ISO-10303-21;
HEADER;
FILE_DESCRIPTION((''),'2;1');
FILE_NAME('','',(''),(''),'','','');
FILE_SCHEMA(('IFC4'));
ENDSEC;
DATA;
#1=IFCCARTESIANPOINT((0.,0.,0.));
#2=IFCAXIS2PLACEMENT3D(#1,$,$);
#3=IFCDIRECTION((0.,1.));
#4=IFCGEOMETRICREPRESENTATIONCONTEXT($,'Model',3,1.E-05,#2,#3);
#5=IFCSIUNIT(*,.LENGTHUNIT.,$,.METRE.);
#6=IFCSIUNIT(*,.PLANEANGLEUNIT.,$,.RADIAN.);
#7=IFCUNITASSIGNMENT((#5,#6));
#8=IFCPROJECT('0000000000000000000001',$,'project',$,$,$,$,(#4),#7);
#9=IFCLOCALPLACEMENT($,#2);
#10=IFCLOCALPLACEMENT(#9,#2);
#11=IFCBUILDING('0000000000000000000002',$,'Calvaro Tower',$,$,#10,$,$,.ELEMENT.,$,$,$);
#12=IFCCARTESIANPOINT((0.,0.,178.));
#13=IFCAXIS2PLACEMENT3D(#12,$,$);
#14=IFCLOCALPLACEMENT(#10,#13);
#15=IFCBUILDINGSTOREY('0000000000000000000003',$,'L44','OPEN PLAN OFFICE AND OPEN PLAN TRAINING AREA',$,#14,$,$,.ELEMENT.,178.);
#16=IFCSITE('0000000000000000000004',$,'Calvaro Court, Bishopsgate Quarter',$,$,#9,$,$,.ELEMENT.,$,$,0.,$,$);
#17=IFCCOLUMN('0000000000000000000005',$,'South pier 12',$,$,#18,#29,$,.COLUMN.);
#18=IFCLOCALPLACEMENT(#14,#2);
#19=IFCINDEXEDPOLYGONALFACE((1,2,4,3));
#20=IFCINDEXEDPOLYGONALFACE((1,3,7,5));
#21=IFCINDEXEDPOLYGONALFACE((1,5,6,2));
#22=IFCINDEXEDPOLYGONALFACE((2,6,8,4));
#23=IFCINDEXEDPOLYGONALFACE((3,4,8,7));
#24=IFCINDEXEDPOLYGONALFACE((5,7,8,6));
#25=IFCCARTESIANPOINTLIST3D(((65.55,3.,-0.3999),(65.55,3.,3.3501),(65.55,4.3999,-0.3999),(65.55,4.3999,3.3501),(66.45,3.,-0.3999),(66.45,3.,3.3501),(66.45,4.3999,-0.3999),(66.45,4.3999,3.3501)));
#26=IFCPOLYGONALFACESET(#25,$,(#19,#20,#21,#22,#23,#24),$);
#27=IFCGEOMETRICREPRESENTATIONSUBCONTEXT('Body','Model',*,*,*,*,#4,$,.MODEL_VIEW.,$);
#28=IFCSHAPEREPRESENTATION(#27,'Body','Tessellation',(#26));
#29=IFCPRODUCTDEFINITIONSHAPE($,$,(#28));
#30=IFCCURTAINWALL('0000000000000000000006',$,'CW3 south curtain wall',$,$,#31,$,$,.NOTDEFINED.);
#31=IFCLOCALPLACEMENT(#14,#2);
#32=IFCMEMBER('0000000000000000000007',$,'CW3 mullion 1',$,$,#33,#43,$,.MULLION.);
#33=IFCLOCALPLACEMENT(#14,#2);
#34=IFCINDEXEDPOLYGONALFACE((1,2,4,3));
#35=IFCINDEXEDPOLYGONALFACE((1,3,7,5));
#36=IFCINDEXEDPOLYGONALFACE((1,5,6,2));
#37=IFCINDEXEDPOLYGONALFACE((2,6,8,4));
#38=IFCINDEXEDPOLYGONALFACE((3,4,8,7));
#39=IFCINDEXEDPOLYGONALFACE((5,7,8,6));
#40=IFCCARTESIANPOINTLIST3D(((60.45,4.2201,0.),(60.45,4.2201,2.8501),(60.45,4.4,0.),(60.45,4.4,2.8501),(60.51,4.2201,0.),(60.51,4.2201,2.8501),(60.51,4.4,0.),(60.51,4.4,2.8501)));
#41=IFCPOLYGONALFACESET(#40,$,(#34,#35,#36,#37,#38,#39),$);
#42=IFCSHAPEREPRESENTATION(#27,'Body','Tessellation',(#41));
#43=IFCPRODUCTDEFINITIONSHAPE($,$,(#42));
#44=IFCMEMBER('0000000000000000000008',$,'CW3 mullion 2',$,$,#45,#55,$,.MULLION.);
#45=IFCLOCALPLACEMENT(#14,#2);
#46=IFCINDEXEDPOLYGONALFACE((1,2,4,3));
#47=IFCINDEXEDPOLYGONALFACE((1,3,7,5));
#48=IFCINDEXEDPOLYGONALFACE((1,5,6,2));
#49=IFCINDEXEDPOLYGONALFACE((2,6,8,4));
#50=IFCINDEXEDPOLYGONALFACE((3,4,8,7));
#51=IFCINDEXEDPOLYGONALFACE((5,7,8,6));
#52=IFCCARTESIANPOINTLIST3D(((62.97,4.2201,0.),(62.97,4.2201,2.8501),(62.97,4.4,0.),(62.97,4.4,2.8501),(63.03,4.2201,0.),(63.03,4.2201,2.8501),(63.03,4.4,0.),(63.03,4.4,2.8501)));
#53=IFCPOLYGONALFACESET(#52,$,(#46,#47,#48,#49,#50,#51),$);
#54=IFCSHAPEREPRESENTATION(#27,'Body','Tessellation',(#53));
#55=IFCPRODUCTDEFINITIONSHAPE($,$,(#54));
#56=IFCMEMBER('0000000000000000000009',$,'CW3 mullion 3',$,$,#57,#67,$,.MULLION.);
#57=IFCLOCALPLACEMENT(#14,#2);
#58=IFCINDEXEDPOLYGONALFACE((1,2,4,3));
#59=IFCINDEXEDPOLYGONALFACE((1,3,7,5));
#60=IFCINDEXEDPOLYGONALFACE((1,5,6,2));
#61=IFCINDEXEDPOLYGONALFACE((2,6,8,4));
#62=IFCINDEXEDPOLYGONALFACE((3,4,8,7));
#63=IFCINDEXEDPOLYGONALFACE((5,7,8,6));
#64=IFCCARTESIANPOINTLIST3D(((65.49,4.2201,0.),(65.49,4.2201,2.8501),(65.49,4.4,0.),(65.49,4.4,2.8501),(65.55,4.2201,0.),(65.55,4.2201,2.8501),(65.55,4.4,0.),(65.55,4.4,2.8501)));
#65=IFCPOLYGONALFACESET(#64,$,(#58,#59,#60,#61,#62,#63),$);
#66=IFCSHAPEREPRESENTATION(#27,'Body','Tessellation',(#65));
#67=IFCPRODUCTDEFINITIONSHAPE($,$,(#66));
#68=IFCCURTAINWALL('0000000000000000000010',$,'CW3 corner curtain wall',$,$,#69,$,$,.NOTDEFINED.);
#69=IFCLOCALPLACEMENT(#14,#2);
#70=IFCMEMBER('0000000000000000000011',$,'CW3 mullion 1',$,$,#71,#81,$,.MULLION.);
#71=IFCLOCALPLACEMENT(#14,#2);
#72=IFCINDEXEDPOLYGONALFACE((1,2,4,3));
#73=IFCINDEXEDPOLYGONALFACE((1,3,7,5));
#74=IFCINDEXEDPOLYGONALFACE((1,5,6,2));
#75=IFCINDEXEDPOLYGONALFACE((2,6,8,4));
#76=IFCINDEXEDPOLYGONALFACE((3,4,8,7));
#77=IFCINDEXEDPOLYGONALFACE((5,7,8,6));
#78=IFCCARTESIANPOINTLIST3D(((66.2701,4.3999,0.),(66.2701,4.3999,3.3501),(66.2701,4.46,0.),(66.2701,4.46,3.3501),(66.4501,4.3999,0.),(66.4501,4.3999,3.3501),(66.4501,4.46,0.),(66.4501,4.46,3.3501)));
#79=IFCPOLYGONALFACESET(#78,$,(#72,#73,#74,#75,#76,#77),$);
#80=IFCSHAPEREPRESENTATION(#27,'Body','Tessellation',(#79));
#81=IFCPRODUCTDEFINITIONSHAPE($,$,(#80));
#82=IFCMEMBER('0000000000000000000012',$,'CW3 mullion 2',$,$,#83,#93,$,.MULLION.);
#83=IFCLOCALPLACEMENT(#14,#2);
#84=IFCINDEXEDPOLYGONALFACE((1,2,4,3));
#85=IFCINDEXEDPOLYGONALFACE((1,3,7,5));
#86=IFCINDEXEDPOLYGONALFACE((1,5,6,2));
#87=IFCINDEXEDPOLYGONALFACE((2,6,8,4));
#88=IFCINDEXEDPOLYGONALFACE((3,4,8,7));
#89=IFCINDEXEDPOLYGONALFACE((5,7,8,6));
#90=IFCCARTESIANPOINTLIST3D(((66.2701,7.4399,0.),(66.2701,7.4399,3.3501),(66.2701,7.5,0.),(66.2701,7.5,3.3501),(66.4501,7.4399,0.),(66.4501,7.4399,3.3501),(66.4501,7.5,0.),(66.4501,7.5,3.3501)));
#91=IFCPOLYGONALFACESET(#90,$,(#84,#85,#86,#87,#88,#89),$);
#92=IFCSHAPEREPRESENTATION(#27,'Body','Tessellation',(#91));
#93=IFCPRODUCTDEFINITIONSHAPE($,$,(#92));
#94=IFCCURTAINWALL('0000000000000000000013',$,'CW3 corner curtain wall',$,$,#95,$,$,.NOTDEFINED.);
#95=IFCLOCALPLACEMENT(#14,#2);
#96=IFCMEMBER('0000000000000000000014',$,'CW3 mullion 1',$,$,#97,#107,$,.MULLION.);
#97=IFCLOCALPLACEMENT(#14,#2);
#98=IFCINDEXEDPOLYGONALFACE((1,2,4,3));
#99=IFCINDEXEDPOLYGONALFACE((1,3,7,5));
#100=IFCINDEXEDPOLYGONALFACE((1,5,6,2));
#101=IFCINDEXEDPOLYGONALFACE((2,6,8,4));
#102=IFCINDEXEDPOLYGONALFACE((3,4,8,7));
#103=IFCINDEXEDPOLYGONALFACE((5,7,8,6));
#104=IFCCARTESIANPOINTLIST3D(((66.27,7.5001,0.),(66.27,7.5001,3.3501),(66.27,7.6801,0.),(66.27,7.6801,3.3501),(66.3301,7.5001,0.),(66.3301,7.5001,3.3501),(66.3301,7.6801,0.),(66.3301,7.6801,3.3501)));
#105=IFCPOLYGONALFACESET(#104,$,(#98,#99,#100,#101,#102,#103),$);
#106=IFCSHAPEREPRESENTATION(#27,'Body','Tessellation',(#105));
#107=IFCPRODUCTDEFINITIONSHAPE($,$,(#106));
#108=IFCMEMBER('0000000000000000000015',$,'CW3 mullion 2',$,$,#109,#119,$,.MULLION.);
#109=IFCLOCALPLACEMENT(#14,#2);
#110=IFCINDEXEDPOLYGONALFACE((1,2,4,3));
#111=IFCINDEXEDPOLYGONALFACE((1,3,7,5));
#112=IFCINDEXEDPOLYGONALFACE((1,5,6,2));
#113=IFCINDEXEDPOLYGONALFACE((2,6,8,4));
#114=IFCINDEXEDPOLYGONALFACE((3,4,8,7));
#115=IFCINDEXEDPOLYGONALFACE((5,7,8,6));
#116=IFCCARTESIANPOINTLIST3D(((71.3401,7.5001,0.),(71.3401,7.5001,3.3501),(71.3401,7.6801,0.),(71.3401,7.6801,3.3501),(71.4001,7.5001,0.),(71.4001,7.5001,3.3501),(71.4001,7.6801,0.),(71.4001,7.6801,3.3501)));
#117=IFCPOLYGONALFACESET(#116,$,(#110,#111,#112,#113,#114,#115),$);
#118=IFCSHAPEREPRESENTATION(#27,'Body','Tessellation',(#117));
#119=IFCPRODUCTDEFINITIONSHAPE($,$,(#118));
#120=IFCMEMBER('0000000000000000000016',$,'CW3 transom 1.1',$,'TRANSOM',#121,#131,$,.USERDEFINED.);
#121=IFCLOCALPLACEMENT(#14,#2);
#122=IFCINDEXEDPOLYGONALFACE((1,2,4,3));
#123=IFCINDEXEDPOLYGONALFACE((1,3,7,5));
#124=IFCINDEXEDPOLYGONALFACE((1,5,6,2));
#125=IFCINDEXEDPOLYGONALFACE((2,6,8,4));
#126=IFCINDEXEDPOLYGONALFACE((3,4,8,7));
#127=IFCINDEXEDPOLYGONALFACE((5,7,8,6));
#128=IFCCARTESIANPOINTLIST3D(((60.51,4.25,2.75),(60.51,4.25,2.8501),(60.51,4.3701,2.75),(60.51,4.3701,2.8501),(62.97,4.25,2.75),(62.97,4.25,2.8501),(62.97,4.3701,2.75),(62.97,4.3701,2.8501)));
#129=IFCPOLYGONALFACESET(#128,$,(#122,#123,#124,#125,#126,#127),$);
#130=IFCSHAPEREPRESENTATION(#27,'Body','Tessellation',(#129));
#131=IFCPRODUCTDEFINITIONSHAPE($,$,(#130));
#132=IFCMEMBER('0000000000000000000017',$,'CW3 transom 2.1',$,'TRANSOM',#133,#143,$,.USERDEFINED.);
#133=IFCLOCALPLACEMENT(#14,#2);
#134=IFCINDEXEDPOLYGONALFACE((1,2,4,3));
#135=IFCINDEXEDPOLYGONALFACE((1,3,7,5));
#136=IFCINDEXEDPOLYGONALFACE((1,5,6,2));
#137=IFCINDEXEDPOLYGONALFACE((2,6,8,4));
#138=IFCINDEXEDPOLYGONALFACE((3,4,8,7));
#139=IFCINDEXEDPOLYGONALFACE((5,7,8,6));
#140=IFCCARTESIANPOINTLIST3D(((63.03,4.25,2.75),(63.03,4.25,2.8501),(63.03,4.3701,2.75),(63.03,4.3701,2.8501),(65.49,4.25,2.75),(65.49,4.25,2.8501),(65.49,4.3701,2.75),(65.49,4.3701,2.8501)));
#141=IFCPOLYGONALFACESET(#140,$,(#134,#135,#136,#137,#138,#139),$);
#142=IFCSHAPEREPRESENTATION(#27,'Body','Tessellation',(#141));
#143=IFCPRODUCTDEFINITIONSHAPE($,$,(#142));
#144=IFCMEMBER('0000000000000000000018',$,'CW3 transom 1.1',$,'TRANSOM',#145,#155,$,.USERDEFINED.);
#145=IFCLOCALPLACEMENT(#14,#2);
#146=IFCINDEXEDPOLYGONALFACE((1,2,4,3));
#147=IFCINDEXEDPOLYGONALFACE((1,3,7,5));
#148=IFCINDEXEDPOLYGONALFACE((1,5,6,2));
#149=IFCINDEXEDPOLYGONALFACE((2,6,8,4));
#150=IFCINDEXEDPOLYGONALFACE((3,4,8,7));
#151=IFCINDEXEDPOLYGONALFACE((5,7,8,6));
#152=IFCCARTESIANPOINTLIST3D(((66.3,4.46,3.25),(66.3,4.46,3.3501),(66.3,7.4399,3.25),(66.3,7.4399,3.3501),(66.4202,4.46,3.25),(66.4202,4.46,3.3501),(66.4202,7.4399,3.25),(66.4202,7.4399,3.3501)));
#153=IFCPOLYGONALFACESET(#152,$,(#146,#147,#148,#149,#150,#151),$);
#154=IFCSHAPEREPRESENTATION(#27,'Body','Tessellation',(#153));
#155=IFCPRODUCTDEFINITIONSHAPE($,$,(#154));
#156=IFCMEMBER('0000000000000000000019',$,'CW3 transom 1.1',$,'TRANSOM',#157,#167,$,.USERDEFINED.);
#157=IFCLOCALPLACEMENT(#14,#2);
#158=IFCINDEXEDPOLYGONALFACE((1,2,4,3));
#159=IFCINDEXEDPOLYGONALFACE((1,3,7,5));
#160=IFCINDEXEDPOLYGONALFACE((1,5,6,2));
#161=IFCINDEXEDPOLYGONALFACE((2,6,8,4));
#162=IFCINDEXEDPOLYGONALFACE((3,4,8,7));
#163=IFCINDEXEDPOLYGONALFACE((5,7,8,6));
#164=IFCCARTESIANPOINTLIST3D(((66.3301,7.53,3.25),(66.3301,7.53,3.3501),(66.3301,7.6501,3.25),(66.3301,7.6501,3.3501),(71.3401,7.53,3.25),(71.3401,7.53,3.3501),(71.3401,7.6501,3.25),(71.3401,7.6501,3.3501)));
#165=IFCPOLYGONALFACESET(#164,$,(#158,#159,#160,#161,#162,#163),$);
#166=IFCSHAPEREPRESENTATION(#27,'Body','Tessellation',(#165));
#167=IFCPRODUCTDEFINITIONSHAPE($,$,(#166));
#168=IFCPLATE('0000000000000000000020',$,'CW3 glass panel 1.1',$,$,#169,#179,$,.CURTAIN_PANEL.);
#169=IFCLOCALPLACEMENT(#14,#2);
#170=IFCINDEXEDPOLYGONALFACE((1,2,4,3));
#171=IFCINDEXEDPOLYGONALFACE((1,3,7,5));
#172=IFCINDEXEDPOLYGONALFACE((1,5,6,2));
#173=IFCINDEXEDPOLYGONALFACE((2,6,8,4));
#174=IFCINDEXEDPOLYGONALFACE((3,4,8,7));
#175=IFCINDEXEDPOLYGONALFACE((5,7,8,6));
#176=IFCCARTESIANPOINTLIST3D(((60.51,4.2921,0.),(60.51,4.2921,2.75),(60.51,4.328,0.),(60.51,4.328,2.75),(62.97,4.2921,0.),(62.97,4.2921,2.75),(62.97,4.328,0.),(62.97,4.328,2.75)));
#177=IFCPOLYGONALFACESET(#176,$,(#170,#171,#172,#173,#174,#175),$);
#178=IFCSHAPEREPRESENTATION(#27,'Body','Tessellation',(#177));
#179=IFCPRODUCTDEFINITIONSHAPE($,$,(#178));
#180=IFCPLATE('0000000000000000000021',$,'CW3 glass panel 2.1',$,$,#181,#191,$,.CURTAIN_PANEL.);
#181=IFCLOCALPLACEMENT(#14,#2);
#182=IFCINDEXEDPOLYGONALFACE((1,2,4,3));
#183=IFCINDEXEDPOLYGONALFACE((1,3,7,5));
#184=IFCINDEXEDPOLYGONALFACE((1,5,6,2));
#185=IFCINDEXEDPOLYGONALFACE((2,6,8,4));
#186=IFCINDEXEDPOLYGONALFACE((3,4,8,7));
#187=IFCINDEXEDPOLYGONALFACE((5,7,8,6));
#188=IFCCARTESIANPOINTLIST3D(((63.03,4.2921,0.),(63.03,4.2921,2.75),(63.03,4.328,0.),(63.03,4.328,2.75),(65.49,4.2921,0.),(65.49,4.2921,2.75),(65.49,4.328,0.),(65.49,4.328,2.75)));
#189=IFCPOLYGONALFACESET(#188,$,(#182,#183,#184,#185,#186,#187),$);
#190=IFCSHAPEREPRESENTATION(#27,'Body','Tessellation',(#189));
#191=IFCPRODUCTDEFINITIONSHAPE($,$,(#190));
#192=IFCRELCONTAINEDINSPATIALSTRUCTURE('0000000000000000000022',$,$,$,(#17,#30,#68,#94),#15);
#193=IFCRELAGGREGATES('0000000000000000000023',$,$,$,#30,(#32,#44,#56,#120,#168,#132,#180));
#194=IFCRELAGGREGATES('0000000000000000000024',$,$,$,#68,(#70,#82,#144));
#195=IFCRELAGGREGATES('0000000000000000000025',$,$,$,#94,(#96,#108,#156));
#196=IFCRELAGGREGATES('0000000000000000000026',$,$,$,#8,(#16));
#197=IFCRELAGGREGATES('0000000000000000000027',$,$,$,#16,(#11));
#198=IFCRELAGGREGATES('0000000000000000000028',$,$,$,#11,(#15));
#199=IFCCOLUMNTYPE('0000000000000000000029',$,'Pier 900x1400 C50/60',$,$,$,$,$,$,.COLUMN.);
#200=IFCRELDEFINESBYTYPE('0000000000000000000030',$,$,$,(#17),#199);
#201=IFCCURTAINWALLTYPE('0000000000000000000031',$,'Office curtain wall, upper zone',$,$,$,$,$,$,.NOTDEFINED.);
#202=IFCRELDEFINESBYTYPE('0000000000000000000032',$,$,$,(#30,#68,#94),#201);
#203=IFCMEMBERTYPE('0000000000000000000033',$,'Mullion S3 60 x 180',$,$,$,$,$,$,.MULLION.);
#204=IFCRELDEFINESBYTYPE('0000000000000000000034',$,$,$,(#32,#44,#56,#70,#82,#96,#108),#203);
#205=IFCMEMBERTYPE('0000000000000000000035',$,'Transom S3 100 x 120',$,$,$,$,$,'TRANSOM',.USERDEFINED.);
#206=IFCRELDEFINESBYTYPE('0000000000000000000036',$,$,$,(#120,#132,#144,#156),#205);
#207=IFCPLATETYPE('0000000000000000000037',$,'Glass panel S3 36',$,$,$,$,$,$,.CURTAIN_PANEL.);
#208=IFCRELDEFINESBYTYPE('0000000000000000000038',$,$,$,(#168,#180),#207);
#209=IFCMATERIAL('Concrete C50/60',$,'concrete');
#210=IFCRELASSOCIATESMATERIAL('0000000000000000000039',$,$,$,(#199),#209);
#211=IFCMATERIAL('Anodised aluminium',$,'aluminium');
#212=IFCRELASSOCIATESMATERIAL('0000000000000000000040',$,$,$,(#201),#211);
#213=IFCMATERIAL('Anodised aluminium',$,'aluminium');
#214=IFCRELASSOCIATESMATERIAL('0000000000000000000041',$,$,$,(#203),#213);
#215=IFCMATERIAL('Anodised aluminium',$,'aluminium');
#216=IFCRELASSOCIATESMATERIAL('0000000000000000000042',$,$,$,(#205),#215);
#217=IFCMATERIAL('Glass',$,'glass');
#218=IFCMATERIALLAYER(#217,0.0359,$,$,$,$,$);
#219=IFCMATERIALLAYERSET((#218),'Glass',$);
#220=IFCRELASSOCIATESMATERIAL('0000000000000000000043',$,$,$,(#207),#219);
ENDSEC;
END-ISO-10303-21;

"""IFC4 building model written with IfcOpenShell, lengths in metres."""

from ifc_helpers import new_model, si_unit, direction, frame, origin, origin_2d, place, context, subcontext, project, spatial, rectangle, extrude, material, layer, layer_set, material_profile, profile_set, type_object, element, aggregate, save


model = new_model("IFC4")

# Units and contexts
model_context = context("Model", 3, precision=1e-05, world=origin(), true_north=direction((0.0, 1.0)))
body_context = subcontext(model_context, "Body", "Model", "MODEL_VIEW")
ifc_project = project(units=[si_unit("LENGTHUNIT", "METRE"), si_unit("PLANEANGLEUNIT", "RADIAN")], contexts=[model_context])

# Site, building, storey
site_placement = place(None, origin())
site = spatial("IfcSite", under=ifc_project, at=site_placement, Name="Calvaro Court, Bishopsgate Quarter", CompositionType="ELEMENT", RefElevation=0.0)
building_placement = place(site_placement, origin())
building = spatial("IfcBuilding", under=site, at=building_placement, Name="Calvaro Tower", CompositionType="ELEMENT")
storey_placement = place(building_placement, frame((0.0, 0.0, 178.0)))
storey = spatial("IfcBuildingStorey", under=building, at=storey_placement, Name="L44", Description="OPEN PLAN OFFICE AND OPEN PLAN TRAINING AREA", CompositionType="ELEMENT", Elevation=178.0)

# Column
ifc_material_1 = material(Name="Concrete C50/60", Category="concrete")
ifc_material_profile_1 = material_profile(ifc_material_1, rectangle(XDim=0.8999, YDim=1.3999, at=origin_2d()), Name="RC 900x1400")
ifc_profile_set_1 = profile_set([ifc_material_profile_1], Name="Concrete C50/60")
column_type = type_object("IfcColumnType", Name="Pier 900x1400 C50/60", PredefinedType="COLUMN", material=ifc_profile_set_1)
column_placement = place(storey_placement, frame((66.0, 3.7, -0.3999), z_axis=(0.0, 0.0, 1.0), x_axis=(1.0, 0.0, 0.0)))
element("IfcColumn", 1, at=column_placement, inside=storey, type_object=column_type, Name="South pier 12", PredefinedType="COLUMN", context=body_context, shape_type="SweptSolid", body=[
    extrude(rectangle(XDim=0.8999, YDim=1.3999, at=origin_2d()), origin(), (0.0, 0.0, 1.0), 3.75),
])

# Curtain walls, members
ifc_material_2 = material(Name="Anodised aluminium", Category="aluminium")
curtain_wall_type = type_object("IfcCurtainWallType", Name="Office curtain wall, upper zone", PredefinedType="NOTDEFINED", material=ifc_material_2)
curtain_wall_1_placement = place(storey_placement, origin())
curtain_wall_1 = element("IfcCurtainWall", 2, at=curtain_wall_1_placement, inside=storey, type_object=curtain_wall_type, Name="CW3 south curtain wall", PredefinedType="NOTDEFINED")
ifc_material_3 = material(Name="Anodised aluminium", Category="aluminium")
ifc_material_profile_2 = material_profile(ifc_material_3, rectangle(XDim=0.1799, YDim=0.0601, at=origin_2d()), Name="Mullion S3 60 x 180")
ifc_profile_set_2 = profile_set([ifc_material_profile_2], Name="Anodised aluminium")
member_type_1 = type_object("IfcMemberType", Name="Mullion S3 60 x 180", PredefinedType="MULLION", material=ifc_profile_set_2)
member_1_placement = place(storey_placement, frame((60.48, 4.3101, 0.0), z_axis=(0.0, 0.0, 1.0), x_axis=(0.0, 1.0, 0.0)))
member_1 = element("IfcMember", 3, at=member_1_placement, type_object=member_type_1, Name="CW3 mullion 1", PredefinedType="MULLION", context=body_context, shape_type="SweptSolid", body=[
    extrude(rectangle(XDim=0.1799, YDim=0.0601, at=origin_2d()), origin(), (0.0, 0.0, 1.0), 2.8501),
])
member_2_placement = place(storey_placement, frame((63.0, 4.3101, 0.0), z_axis=(0.0, 0.0, 1.0), x_axis=(0.0, 1.0, 0.0)))
member_2 = element("IfcMember", 4, at=member_2_placement, type_object=member_type_1, Name="CW3 mullion 2", PredefinedType="MULLION", context=body_context, shape_type="SweptSolid", body=[
    extrude(rectangle(XDim=0.1799, YDim=0.0601, at=origin_2d()), origin(), (0.0, 0.0, 1.0), 2.8501),
])
member_3_placement = place(storey_placement, frame((65.52, 4.3101, 0.0), z_axis=(0.0, 0.0, 1.0), x_axis=(0.0, 1.0, 0.0)))
member_3 = element("IfcMember", 5, at=member_3_placement, type_object=member_type_1, Name="CW3 mullion 3", PredefinedType="MULLION", context=body_context, shape_type="SweptSolid", body=[
    extrude(rectangle(XDim=0.1799, YDim=0.0601, at=origin_2d()), origin(), (0.0, 0.0, 1.0), 2.8501),
])
curtain_wall_2_placement = place(storey_placement, origin())
curtain_wall_2 = element("IfcCurtainWall", 6, at=curtain_wall_2_placement, inside=storey, type_object=curtain_wall_type, Name="CW3 corner curtain wall", PredefinedType="NOTDEFINED")
member_4_placement = place(storey_placement, frame((66.3601, 4.4299, 0.0), z_axis=(0.0, 0.0, 1.0), x_axis=(-1.0, 0.0, 0.0)))
member_4 = element("IfcMember", 7, at=member_4_placement, type_object=member_type_1, Name="CW3 mullion 1", PredefinedType="MULLION", context=body_context, shape_type="SweptSolid", body=[
    extrude(rectangle(XDim=0.1799, YDim=0.0601, at=origin_2d()), origin(), (0.0, 0.0, 1.0), 3.3501),
])
member_5_placement = place(storey_placement, frame((66.3601, 7.47, 0.0), z_axis=(0.0, 0.0, 1.0), x_axis=(-1.0, 0.0, 0.0)))
member_5 = element("IfcMember", 8, at=member_5_placement, type_object=member_type_1, Name="CW3 mullion 2", PredefinedType="MULLION", context=body_context, shape_type="SweptSolid", body=[
    extrude(rectangle(XDim=0.1799, YDim=0.0601, at=origin_2d()), origin(), (0.0, 0.0, 1.0), 3.3501),
])
curtain_wall_3_placement = place(storey_placement, origin())
curtain_wall_3 = element("IfcCurtainWall", 9, at=curtain_wall_3_placement, inside=storey, type_object=curtain_wall_type, Name="CW3 corner curtain wall", PredefinedType="NOTDEFINED")
member_6_placement = place(storey_placement, frame((66.3, 7.5901, 0.0), z_axis=(0.0, 0.0, 1.0), x_axis=(0.0, 1.0, 0.0)))
member_6 = element("IfcMember", 10, at=member_6_placement, type_object=member_type_1, Name="CW3 mullion 1", PredefinedType="MULLION", context=body_context, shape_type="SweptSolid", body=[
    extrude(rectangle(XDim=0.1799, YDim=0.0601, at=origin_2d()), origin(), (0.0, 0.0, 1.0), 3.3501),
])
member_7_placement = place(storey_placement, frame((71.3701, 7.5901, 0.0), z_axis=(0.0, 0.0, 1.0), x_axis=(0.0, 1.0, 0.0)))
member_7 = element("IfcMember", 11, at=member_7_placement, type_object=member_type_1, Name="CW3 mullion 2", PredefinedType="MULLION", context=body_context, shape_type="SweptSolid", body=[
    extrude(rectangle(XDim=0.1799, YDim=0.0601, at=origin_2d()), origin(), (0.0, 0.0, 1.0), 3.3501),
])

# Members
ifc_material_4 = material(Name="Anodised aluminium", Category="aluminium")
ifc_material_profile_3 = material_profile(ifc_material_4, rectangle(XDim=0.1201, YDim=0.1001, at=origin_2d()), Name="Transom S3 100 x 120")
ifc_profile_set_3 = profile_set([ifc_material_profile_3], Name="Anodised aluminium")
member_type_2 = type_object("IfcMemberType", Name="Transom S3 100 x 120", ElementType="TRANSOM", PredefinedType="USERDEFINED", material=ifc_profile_set_3)
member_8_placement = place(storey_placement, frame((60.51, 4.3101, 2.8), z_axis=(1.0, 0.0, 0.0), x_axis=(0.0, 1.0, 0.0)))
member_8 = element("IfcMember", 12, at=member_8_placement, type_object=member_type_2, Name="CW3 transom 1.1", ObjectType="TRANSOM", PredefinedType="USERDEFINED", context=body_context, shape_type="SweptSolid", body=[
    extrude(rectangle(XDim=0.1201, YDim=0.1001, at=origin_2d()), origin(), (0.0, 0.0, 1.0), 2.46),
])
member_9_placement = place(storey_placement, frame((63.03, 4.3101, 2.8), z_axis=(1.0, 0.0, 0.0), x_axis=(0.0, 1.0, 0.0)))
member_9 = element("IfcMember", 13, at=member_9_placement, type_object=member_type_2, Name="CW3 transom 2.1", ObjectType="TRANSOM", PredefinedType="USERDEFINED", context=body_context, shape_type="SweptSolid", body=[
    extrude(rectangle(XDim=0.1201, YDim=0.1001, at=origin_2d()), origin(), (0.0, 0.0, 1.0), 2.46),
])
member_10_placement = place(storey_placement, frame((66.3601, 4.46, 3.3), z_axis=(0.0, 1.0, 0.0), x_axis=(-1.0, 0.0, 0.0)))
member_10 = element("IfcMember", 14, at=member_10_placement, type_object=member_type_2, Name="CW3 transom 1.1", ObjectType="TRANSOM", PredefinedType="USERDEFINED", context=body_context, shape_type="SweptSolid", body=[
    extrude(rectangle(XDim=0.1201, YDim=0.1001, at=origin_2d()), origin(), (0.0, 0.0, 1.0), 2.98),
])
member_11_placement = place(storey_placement, frame((66.3301, 7.5901, 3.3), z_axis=(1.0, 0.0, 0.0), x_axis=(0.0, 1.0, 0.0)))
member_11 = element("IfcMember", 15, at=member_11_placement, type_object=member_type_2, Name="CW3 transom 1.1", ObjectType="TRANSOM", PredefinedType="USERDEFINED", context=body_context, shape_type="SweptSolid", body=[
    extrude(rectangle(XDim=0.1201, YDim=0.1001, at=origin_2d()), origin(), (0.0, 0.0, 1.0), 5.01),
])

# Plates
ifc_material_5 = material(Name="Glass", Category="glass")
ifc_layer_1 = layer(ifc_material_5, 0.0359)
ifc_layer_set_1 = layer_set([ifc_layer_1], Name="Glass")
plate_type = type_object("IfcPlateType", Name="Glass panel S3 36", PredefinedType="CURTAIN_PANEL", material=ifc_layer_set_1)
plate_1_placement = place(storey_placement, frame((61.74, 4.3101, 0.0), z_axis=(0.0, 0.0, 1.0), x_axis=(1.0, 0.0, 0.0)))
plate_1 = element("IfcPlate", 16, at=plate_1_placement, type_object=plate_type, Name="CW3 glass panel 1.1", PredefinedType="CURTAIN_PANEL", context=body_context, shape_type="SweptSolid", body=[
    extrude(rectangle(XDim=2.46, YDim=0.0359, at=origin_2d()), origin(), (0.0, 0.0, 1.0), 2.75),
])
plate_2_placement = place(storey_placement, frame((64.26, 4.3101, 0.0), z_axis=(0.0, 0.0, 1.0), x_axis=(1.0, 0.0, 0.0)))
plate_2 = element("IfcPlate", 17, at=plate_2_placement, type_object=plate_type, Name="CW3 glass panel 2.1", PredefinedType="CURTAIN_PANEL", context=body_context, shape_type="SweptSolid", body=[
    extrude(rectangle(XDim=2.46, YDim=0.0359, at=origin_2d()), origin(), (0.0, 0.0, 1.0), 2.75),
])
aggregate(curtain_wall_1, [member_1, member_2, member_3, member_8, plate_1, member_9, plate_2])
aggregate(curtain_wall_2, [member_4, member_5, member_10])
aggregate(curtain_wall_3, [member_6, member_7, member_11])

save(model, "model.ifc")
